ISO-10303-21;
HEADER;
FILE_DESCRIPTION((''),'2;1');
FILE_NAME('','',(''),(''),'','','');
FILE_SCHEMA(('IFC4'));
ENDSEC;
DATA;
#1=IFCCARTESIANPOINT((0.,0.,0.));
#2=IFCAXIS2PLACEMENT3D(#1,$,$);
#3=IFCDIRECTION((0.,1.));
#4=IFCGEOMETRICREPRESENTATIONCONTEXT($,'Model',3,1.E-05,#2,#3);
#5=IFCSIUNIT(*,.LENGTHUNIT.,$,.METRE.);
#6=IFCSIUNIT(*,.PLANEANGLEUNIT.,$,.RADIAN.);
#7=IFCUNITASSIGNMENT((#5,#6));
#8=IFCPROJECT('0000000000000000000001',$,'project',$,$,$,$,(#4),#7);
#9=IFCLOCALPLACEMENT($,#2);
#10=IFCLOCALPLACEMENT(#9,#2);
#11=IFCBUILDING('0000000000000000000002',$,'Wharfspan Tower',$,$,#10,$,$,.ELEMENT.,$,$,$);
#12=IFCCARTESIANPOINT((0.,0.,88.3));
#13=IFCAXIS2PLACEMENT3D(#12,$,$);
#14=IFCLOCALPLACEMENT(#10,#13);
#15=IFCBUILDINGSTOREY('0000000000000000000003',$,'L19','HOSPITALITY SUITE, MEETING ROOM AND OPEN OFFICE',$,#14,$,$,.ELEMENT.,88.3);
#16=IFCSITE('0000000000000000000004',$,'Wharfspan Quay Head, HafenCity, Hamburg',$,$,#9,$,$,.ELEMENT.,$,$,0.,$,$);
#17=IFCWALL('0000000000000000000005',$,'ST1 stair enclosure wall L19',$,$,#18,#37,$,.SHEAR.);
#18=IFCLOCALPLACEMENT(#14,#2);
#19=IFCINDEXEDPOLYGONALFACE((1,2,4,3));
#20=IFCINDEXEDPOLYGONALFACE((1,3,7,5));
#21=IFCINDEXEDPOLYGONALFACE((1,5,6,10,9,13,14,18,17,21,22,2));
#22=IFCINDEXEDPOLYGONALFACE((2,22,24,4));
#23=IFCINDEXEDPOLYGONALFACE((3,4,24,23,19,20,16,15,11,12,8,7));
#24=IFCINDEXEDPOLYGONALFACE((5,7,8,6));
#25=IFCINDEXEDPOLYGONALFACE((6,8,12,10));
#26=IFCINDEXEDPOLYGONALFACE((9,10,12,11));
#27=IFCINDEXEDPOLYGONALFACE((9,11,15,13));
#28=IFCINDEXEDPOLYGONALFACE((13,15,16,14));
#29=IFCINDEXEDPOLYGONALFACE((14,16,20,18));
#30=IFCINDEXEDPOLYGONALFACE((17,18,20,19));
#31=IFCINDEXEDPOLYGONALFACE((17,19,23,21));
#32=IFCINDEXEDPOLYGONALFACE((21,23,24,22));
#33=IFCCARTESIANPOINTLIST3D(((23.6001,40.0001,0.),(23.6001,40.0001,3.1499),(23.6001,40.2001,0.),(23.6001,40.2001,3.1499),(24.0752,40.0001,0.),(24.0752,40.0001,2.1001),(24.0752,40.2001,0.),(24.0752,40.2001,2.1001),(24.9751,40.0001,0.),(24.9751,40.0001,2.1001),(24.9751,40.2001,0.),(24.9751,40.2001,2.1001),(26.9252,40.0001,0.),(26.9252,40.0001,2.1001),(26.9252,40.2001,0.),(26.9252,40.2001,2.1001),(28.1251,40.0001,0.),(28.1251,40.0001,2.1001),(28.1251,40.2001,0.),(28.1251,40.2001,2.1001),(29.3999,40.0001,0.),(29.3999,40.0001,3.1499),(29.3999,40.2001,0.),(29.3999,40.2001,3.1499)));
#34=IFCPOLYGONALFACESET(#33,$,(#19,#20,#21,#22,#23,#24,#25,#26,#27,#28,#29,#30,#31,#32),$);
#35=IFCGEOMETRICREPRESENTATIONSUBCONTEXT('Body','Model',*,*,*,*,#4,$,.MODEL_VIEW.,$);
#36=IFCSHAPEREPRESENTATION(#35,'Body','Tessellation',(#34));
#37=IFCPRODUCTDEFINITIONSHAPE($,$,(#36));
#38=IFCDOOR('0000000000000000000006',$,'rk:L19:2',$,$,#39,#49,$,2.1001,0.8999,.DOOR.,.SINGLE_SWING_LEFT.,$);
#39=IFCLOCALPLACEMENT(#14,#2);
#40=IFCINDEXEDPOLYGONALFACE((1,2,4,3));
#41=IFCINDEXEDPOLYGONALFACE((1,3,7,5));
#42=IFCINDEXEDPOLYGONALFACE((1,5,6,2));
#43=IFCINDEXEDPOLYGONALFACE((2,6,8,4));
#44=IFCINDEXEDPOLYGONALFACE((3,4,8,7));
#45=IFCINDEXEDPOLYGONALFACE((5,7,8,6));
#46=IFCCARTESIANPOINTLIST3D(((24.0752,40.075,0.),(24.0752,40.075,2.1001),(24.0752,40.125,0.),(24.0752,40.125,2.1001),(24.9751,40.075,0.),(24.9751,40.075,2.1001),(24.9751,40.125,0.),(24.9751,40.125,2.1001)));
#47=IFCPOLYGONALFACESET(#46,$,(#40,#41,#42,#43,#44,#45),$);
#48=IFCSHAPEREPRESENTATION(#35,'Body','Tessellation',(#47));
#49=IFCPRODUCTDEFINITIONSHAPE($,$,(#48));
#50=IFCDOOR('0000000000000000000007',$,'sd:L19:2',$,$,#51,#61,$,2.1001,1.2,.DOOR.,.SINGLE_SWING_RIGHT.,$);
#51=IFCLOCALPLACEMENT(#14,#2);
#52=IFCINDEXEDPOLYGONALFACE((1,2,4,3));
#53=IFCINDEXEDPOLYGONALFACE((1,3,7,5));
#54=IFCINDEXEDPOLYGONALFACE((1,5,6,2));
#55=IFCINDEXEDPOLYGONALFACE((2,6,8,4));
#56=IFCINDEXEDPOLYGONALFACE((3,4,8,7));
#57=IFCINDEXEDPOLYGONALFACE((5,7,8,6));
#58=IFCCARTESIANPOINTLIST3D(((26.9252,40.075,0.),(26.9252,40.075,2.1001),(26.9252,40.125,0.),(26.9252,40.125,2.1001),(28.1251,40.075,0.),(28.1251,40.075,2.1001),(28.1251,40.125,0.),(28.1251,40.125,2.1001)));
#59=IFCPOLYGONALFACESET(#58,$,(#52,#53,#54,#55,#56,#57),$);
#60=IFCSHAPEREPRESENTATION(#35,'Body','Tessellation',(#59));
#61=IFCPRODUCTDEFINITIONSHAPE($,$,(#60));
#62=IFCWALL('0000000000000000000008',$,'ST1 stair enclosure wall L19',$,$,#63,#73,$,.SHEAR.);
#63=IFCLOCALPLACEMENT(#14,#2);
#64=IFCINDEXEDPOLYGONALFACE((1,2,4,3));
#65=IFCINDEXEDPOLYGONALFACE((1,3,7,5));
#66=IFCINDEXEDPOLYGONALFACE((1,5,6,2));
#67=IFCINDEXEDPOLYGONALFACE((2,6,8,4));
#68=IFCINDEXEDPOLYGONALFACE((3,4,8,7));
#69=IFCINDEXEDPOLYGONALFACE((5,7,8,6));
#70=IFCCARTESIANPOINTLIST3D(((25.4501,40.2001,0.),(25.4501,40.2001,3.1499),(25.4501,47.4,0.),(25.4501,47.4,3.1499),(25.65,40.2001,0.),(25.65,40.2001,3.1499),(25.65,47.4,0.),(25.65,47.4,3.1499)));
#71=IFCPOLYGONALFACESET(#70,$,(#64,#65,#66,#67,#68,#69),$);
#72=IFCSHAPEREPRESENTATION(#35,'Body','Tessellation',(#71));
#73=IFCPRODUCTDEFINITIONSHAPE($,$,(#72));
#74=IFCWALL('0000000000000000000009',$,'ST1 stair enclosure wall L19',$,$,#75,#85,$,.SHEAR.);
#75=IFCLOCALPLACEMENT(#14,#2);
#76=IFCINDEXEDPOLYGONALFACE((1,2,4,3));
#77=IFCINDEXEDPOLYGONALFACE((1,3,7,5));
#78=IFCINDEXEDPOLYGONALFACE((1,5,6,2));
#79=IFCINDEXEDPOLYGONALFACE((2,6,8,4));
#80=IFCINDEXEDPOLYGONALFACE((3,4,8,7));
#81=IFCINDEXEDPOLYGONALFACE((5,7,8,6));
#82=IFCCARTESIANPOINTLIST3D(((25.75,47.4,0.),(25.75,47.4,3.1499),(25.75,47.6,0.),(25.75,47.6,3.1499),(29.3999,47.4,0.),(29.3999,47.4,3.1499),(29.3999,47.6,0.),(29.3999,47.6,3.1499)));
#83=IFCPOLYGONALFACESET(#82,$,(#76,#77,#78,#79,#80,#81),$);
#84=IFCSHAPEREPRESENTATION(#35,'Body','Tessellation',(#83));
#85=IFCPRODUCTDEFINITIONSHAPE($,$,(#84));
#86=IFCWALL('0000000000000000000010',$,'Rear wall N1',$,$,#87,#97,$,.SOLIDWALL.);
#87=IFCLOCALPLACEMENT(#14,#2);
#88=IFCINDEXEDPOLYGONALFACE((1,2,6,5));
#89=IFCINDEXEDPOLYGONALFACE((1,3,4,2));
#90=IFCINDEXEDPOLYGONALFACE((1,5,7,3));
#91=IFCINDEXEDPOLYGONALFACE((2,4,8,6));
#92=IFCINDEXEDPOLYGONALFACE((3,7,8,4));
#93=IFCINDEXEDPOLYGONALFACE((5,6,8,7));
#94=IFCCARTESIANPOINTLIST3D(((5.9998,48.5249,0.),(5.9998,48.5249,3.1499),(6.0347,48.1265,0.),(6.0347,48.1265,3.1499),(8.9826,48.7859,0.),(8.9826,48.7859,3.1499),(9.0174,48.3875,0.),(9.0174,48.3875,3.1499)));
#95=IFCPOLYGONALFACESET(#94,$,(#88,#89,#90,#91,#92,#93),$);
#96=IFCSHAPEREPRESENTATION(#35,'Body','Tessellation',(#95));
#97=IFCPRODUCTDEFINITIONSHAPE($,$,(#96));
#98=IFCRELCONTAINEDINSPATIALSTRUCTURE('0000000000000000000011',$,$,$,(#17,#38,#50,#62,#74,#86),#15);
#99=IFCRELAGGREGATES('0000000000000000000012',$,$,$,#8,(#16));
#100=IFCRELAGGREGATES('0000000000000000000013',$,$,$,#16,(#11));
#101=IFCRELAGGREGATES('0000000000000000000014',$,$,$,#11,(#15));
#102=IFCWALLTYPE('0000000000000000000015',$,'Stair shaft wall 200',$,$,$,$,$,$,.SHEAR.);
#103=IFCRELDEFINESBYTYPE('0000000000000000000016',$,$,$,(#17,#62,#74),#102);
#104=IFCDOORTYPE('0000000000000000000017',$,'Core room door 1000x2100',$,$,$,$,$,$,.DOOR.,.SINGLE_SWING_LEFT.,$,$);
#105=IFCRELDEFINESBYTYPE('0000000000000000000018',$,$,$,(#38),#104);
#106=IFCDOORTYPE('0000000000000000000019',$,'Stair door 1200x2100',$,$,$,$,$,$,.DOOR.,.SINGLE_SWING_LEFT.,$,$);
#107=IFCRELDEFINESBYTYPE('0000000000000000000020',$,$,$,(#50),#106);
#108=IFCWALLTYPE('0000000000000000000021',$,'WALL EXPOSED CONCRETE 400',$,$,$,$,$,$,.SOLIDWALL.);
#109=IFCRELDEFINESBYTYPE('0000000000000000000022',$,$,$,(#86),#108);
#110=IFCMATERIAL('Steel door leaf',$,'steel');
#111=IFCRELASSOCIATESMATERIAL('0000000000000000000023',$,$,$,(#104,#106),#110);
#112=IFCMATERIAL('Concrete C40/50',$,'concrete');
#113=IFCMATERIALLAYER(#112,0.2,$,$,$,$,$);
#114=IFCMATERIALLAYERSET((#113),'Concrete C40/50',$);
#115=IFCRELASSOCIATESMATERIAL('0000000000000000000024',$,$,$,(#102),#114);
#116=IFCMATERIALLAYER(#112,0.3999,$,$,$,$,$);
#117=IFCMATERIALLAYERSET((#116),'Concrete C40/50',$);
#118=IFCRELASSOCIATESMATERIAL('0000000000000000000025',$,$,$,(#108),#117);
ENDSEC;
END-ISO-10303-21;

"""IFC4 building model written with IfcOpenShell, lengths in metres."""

from ifc_helpers import new_model, si_unit, direction, frame, frame_2d, origin, place, context, subcontext, project, spatial, rectangle, extrude, material, layer, layer_set, type_object, element, fill, save


model = new_model("IFC4")

# Units and contexts
model_context = context("Model", 3, precision=1e-05, world=origin(), true_north=direction((0.0, 1.0)))
body_context = subcontext(model_context, "Body", "Model", "MODEL_VIEW")
ifc_project = project(units=[si_unit("LENGTHUNIT", "METRE"), si_unit("PLANEANGLEUNIT", "RADIAN")], contexts=[model_context])

# Site, building, storey
site_placement = place(None, origin())
site = spatial("IfcSite", under=ifc_project, at=site_placement, Name="Wharfspan Quay Head, HafenCity, Hamburg", CompositionType="ELEMENT", RefElevation=0.0)
building_placement = place(site_placement, origin())
building = spatial("IfcBuilding", under=site, at=building_placement, Name="Wharfspan Tower", CompositionType="ELEMENT")
storey_placement = place(building_placement, frame((0.0, 0.0, 88.3)))
storey = spatial("IfcBuildingStorey", under=building, at=storey_placement, Name="L19", Description="HOSPITALITY SUITE, MEETING ROOM AND OPEN OFFICE", CompositionType="ELEMENT", Elevation=88.3)

# Shared definitions
ifc_material_1 = material(Name="Steel door leaf", Category="steel")
door_type_1 = type_object("IfcDoorType", Name="Core room door 1000x2100", OperationType="SINGLE_SWING_LEFT", PredefinedType="DOOR", material=ifc_material_1)

# Wall, openings, doors
ifc_material_2 = material(Name="Concrete C40/50", Category="concrete")
ifc_layer_1 = layer(ifc_material_2, 0.2)
ifc_layer_set_1 = layer_set([ifc_layer_1], Name="Concrete C40/50")
wall_type_1 = type_object("IfcWallType", Name="Stair shaft wall 200", PredefinedType="SHEAR", material=ifc_layer_set_1)
wall_1_placement = place(storey_placement, frame((23.6001, 40.1001, 0.0), z_axis=(0.0, 0.0, 1.0), x_axis=(1.0, 0.0, 0.0)))
wall_1 = element("IfcWall", 1, at=wall_1_placement, inside=storey, type_object=wall_type_1, Name="ST1 stair enclosure wall L19", PredefinedType="SHEAR", context=body_context, shape_type="SweptSolid", body=[
    extrude(rectangle(XDim=5.7998, YDim=0.2, at=frame_2d((2.8999, 0.0))), origin(), (0.0, 0.0, 1.0), 3.1499),
])
opening_1_placement = place(wall_1_placement, frame((3.325, 0.0, 0.0)))
opening_1 = element("IfcOpeningElement", 2, at=opening_1_placement, cuts=wall_1, PredefinedType="OPENING", context=body_context, shape_type="SweptSolid", body=[
    extrude(rectangle(XDim=1.2, YDim=2.1001, at=frame_2d((0.6001, 1.05))), frame((0.0, 0.1099, 0.0), z_axis=(0.0, -1.0, 0.0), x_axis=(1.0, 0.0, 0.0)), (0.0, 0.0, 1.0), 0.22),
])
opening_2_placement = place(wall_1_placement, frame((0.4751, 0.0, 0.0)))
opening_2 = element("IfcOpeningElement", 3, at=opening_2_placement, cuts=wall_1, PredefinedType="OPENING", context=body_context, shape_type="SweptSolid", body=[
    extrude(rectangle(XDim=0.8999, YDim=2.1001, at=frame_2d((0.45, 1.05))), frame((0.0, 0.1099, 0.0), z_axis=(0.0, -1.0, 0.0), x_axis=(1.0, 0.0, 0.0)), (0.0, 0.0, 1.0), 0.22),
])
door_1_placement = place(opening_2_placement, origin())
door_1 = element("IfcDoor", 4, at=door_1_placement, inside=storey, type_object=door_type_1, Name="rk:L19:2", OperationType="SINGLE_SWING_LEFT", OverallHeight=2.1001, OverallWidth=0.8999, PredefinedType="DOOR", context=body_context, shape_type="SweptSolid", body=[
    extrude(rectangle(XDim=0.8999, YDim=2.1001, at=frame_2d((0.45, 1.05))), frame((0.0, 0.0249, 0.0), z_axis=(0.0, -1.0, 0.0), x_axis=(1.0, 0.0, 0.0)), (0.0, 0.0, 1.0), 0.05),
])
fill(opening_2, door_1)
door_type_2 = type_object("IfcDoorType", Name="Stair door 1200x2100", OperationType="SINGLE_SWING_LEFT", PredefinedType="DOOR", material=ifc_material_1)
door_2_placement = place(opening_1_placement, origin())
door_2 = element("IfcDoor", 5, at=door_2_placement, inside=storey, type_object=door_type_2, Name="sd:L19:2", OperationType="SINGLE_SWING_RIGHT", OverallHeight=2.1001, OverallWidth=1.2, PredefinedType="DOOR", context=body_context, shape_type="SweptSolid", body=[
    extrude(rectangle(XDim=1.2, YDim=2.1001, at=frame_2d((0.6001, 1.05))), frame((0.0, 0.0249, 0.0), z_axis=(0.0, -1.0, 0.0), x_axis=(1.0, 0.0, 0.0)), (0.0, 0.0, 1.0), 0.05),
])
fill(opening_1, door_2)

# Walls
wall_2_placement = place(storey_placement, frame((25.55, 40.2, 0.0), z_axis=(0.0, 0.0, 1.0), x_axis=(0.0, 1.0, 0.0)))
element("IfcWall", 6, at=wall_2_placement, inside=storey, type_object=wall_type_1, Name="ST1 stair enclosure wall L19", PredefinedType="SHEAR", context=body_context, shape_type="SweptSolid", body=[
    extrude(rectangle(XDim=7.2, YDim=0.2, at=frame_2d((3.6001, 0.0))), origin(), (0.0, 0.0, 1.0), 3.1499),
])
wall_3_placement = place(storey_placement, frame((25.75, 47.5, 0.0), z_axis=(0.0, 0.0, 1.0), x_axis=(1.0, 0.0, 0.0)))
element("IfcWall", 7, at=wall_3_placement, inside=storey, type_object=wall_type_1, Name="ST1 stair enclosure wall L19", PredefinedType="SHEAR", context=body_context, shape_type="SweptSolid", body=[
    extrude(rectangle(XDim=3.6499, YDim=0.2, at=frame_2d((1.825, 0.0))), origin(), (0.0, 0.0, 1.0), 3.1499),
])
ifc_layer_2 = layer(ifc_material_2, 0.3999)
ifc_layer_set_2 = layer_set([ifc_layer_2], Name="Concrete C40/50")
wall_type_2 = type_object("IfcWallType", Name="WALL EXPOSED CONCRETE 400", PredefinedType="SOLIDWALL", material=ifc_layer_set_2)
wall_4_placement = place(storey_placement, frame((9.0, 48.5867, 0.0), z_axis=(0.0, 0.0, 1.0), x_axis=(-0.996194, -0.087168, 0.0)))
element("IfcWall", 8, at=wall_4_placement, inside=storey, type_object=wall_type_2, Name="Rear wall N1", PredefinedType="SOLIDWALL", context=body_context, shape_type="SweptSolid", body=[
    extrude(rectangle(XDim=2.9941, YDim=0.3999, at=frame_2d((1.4971, 0.0))), origin(), (0.0, 0.0, 1.0), 3.1499),
])

save(model, "model.ifc")
